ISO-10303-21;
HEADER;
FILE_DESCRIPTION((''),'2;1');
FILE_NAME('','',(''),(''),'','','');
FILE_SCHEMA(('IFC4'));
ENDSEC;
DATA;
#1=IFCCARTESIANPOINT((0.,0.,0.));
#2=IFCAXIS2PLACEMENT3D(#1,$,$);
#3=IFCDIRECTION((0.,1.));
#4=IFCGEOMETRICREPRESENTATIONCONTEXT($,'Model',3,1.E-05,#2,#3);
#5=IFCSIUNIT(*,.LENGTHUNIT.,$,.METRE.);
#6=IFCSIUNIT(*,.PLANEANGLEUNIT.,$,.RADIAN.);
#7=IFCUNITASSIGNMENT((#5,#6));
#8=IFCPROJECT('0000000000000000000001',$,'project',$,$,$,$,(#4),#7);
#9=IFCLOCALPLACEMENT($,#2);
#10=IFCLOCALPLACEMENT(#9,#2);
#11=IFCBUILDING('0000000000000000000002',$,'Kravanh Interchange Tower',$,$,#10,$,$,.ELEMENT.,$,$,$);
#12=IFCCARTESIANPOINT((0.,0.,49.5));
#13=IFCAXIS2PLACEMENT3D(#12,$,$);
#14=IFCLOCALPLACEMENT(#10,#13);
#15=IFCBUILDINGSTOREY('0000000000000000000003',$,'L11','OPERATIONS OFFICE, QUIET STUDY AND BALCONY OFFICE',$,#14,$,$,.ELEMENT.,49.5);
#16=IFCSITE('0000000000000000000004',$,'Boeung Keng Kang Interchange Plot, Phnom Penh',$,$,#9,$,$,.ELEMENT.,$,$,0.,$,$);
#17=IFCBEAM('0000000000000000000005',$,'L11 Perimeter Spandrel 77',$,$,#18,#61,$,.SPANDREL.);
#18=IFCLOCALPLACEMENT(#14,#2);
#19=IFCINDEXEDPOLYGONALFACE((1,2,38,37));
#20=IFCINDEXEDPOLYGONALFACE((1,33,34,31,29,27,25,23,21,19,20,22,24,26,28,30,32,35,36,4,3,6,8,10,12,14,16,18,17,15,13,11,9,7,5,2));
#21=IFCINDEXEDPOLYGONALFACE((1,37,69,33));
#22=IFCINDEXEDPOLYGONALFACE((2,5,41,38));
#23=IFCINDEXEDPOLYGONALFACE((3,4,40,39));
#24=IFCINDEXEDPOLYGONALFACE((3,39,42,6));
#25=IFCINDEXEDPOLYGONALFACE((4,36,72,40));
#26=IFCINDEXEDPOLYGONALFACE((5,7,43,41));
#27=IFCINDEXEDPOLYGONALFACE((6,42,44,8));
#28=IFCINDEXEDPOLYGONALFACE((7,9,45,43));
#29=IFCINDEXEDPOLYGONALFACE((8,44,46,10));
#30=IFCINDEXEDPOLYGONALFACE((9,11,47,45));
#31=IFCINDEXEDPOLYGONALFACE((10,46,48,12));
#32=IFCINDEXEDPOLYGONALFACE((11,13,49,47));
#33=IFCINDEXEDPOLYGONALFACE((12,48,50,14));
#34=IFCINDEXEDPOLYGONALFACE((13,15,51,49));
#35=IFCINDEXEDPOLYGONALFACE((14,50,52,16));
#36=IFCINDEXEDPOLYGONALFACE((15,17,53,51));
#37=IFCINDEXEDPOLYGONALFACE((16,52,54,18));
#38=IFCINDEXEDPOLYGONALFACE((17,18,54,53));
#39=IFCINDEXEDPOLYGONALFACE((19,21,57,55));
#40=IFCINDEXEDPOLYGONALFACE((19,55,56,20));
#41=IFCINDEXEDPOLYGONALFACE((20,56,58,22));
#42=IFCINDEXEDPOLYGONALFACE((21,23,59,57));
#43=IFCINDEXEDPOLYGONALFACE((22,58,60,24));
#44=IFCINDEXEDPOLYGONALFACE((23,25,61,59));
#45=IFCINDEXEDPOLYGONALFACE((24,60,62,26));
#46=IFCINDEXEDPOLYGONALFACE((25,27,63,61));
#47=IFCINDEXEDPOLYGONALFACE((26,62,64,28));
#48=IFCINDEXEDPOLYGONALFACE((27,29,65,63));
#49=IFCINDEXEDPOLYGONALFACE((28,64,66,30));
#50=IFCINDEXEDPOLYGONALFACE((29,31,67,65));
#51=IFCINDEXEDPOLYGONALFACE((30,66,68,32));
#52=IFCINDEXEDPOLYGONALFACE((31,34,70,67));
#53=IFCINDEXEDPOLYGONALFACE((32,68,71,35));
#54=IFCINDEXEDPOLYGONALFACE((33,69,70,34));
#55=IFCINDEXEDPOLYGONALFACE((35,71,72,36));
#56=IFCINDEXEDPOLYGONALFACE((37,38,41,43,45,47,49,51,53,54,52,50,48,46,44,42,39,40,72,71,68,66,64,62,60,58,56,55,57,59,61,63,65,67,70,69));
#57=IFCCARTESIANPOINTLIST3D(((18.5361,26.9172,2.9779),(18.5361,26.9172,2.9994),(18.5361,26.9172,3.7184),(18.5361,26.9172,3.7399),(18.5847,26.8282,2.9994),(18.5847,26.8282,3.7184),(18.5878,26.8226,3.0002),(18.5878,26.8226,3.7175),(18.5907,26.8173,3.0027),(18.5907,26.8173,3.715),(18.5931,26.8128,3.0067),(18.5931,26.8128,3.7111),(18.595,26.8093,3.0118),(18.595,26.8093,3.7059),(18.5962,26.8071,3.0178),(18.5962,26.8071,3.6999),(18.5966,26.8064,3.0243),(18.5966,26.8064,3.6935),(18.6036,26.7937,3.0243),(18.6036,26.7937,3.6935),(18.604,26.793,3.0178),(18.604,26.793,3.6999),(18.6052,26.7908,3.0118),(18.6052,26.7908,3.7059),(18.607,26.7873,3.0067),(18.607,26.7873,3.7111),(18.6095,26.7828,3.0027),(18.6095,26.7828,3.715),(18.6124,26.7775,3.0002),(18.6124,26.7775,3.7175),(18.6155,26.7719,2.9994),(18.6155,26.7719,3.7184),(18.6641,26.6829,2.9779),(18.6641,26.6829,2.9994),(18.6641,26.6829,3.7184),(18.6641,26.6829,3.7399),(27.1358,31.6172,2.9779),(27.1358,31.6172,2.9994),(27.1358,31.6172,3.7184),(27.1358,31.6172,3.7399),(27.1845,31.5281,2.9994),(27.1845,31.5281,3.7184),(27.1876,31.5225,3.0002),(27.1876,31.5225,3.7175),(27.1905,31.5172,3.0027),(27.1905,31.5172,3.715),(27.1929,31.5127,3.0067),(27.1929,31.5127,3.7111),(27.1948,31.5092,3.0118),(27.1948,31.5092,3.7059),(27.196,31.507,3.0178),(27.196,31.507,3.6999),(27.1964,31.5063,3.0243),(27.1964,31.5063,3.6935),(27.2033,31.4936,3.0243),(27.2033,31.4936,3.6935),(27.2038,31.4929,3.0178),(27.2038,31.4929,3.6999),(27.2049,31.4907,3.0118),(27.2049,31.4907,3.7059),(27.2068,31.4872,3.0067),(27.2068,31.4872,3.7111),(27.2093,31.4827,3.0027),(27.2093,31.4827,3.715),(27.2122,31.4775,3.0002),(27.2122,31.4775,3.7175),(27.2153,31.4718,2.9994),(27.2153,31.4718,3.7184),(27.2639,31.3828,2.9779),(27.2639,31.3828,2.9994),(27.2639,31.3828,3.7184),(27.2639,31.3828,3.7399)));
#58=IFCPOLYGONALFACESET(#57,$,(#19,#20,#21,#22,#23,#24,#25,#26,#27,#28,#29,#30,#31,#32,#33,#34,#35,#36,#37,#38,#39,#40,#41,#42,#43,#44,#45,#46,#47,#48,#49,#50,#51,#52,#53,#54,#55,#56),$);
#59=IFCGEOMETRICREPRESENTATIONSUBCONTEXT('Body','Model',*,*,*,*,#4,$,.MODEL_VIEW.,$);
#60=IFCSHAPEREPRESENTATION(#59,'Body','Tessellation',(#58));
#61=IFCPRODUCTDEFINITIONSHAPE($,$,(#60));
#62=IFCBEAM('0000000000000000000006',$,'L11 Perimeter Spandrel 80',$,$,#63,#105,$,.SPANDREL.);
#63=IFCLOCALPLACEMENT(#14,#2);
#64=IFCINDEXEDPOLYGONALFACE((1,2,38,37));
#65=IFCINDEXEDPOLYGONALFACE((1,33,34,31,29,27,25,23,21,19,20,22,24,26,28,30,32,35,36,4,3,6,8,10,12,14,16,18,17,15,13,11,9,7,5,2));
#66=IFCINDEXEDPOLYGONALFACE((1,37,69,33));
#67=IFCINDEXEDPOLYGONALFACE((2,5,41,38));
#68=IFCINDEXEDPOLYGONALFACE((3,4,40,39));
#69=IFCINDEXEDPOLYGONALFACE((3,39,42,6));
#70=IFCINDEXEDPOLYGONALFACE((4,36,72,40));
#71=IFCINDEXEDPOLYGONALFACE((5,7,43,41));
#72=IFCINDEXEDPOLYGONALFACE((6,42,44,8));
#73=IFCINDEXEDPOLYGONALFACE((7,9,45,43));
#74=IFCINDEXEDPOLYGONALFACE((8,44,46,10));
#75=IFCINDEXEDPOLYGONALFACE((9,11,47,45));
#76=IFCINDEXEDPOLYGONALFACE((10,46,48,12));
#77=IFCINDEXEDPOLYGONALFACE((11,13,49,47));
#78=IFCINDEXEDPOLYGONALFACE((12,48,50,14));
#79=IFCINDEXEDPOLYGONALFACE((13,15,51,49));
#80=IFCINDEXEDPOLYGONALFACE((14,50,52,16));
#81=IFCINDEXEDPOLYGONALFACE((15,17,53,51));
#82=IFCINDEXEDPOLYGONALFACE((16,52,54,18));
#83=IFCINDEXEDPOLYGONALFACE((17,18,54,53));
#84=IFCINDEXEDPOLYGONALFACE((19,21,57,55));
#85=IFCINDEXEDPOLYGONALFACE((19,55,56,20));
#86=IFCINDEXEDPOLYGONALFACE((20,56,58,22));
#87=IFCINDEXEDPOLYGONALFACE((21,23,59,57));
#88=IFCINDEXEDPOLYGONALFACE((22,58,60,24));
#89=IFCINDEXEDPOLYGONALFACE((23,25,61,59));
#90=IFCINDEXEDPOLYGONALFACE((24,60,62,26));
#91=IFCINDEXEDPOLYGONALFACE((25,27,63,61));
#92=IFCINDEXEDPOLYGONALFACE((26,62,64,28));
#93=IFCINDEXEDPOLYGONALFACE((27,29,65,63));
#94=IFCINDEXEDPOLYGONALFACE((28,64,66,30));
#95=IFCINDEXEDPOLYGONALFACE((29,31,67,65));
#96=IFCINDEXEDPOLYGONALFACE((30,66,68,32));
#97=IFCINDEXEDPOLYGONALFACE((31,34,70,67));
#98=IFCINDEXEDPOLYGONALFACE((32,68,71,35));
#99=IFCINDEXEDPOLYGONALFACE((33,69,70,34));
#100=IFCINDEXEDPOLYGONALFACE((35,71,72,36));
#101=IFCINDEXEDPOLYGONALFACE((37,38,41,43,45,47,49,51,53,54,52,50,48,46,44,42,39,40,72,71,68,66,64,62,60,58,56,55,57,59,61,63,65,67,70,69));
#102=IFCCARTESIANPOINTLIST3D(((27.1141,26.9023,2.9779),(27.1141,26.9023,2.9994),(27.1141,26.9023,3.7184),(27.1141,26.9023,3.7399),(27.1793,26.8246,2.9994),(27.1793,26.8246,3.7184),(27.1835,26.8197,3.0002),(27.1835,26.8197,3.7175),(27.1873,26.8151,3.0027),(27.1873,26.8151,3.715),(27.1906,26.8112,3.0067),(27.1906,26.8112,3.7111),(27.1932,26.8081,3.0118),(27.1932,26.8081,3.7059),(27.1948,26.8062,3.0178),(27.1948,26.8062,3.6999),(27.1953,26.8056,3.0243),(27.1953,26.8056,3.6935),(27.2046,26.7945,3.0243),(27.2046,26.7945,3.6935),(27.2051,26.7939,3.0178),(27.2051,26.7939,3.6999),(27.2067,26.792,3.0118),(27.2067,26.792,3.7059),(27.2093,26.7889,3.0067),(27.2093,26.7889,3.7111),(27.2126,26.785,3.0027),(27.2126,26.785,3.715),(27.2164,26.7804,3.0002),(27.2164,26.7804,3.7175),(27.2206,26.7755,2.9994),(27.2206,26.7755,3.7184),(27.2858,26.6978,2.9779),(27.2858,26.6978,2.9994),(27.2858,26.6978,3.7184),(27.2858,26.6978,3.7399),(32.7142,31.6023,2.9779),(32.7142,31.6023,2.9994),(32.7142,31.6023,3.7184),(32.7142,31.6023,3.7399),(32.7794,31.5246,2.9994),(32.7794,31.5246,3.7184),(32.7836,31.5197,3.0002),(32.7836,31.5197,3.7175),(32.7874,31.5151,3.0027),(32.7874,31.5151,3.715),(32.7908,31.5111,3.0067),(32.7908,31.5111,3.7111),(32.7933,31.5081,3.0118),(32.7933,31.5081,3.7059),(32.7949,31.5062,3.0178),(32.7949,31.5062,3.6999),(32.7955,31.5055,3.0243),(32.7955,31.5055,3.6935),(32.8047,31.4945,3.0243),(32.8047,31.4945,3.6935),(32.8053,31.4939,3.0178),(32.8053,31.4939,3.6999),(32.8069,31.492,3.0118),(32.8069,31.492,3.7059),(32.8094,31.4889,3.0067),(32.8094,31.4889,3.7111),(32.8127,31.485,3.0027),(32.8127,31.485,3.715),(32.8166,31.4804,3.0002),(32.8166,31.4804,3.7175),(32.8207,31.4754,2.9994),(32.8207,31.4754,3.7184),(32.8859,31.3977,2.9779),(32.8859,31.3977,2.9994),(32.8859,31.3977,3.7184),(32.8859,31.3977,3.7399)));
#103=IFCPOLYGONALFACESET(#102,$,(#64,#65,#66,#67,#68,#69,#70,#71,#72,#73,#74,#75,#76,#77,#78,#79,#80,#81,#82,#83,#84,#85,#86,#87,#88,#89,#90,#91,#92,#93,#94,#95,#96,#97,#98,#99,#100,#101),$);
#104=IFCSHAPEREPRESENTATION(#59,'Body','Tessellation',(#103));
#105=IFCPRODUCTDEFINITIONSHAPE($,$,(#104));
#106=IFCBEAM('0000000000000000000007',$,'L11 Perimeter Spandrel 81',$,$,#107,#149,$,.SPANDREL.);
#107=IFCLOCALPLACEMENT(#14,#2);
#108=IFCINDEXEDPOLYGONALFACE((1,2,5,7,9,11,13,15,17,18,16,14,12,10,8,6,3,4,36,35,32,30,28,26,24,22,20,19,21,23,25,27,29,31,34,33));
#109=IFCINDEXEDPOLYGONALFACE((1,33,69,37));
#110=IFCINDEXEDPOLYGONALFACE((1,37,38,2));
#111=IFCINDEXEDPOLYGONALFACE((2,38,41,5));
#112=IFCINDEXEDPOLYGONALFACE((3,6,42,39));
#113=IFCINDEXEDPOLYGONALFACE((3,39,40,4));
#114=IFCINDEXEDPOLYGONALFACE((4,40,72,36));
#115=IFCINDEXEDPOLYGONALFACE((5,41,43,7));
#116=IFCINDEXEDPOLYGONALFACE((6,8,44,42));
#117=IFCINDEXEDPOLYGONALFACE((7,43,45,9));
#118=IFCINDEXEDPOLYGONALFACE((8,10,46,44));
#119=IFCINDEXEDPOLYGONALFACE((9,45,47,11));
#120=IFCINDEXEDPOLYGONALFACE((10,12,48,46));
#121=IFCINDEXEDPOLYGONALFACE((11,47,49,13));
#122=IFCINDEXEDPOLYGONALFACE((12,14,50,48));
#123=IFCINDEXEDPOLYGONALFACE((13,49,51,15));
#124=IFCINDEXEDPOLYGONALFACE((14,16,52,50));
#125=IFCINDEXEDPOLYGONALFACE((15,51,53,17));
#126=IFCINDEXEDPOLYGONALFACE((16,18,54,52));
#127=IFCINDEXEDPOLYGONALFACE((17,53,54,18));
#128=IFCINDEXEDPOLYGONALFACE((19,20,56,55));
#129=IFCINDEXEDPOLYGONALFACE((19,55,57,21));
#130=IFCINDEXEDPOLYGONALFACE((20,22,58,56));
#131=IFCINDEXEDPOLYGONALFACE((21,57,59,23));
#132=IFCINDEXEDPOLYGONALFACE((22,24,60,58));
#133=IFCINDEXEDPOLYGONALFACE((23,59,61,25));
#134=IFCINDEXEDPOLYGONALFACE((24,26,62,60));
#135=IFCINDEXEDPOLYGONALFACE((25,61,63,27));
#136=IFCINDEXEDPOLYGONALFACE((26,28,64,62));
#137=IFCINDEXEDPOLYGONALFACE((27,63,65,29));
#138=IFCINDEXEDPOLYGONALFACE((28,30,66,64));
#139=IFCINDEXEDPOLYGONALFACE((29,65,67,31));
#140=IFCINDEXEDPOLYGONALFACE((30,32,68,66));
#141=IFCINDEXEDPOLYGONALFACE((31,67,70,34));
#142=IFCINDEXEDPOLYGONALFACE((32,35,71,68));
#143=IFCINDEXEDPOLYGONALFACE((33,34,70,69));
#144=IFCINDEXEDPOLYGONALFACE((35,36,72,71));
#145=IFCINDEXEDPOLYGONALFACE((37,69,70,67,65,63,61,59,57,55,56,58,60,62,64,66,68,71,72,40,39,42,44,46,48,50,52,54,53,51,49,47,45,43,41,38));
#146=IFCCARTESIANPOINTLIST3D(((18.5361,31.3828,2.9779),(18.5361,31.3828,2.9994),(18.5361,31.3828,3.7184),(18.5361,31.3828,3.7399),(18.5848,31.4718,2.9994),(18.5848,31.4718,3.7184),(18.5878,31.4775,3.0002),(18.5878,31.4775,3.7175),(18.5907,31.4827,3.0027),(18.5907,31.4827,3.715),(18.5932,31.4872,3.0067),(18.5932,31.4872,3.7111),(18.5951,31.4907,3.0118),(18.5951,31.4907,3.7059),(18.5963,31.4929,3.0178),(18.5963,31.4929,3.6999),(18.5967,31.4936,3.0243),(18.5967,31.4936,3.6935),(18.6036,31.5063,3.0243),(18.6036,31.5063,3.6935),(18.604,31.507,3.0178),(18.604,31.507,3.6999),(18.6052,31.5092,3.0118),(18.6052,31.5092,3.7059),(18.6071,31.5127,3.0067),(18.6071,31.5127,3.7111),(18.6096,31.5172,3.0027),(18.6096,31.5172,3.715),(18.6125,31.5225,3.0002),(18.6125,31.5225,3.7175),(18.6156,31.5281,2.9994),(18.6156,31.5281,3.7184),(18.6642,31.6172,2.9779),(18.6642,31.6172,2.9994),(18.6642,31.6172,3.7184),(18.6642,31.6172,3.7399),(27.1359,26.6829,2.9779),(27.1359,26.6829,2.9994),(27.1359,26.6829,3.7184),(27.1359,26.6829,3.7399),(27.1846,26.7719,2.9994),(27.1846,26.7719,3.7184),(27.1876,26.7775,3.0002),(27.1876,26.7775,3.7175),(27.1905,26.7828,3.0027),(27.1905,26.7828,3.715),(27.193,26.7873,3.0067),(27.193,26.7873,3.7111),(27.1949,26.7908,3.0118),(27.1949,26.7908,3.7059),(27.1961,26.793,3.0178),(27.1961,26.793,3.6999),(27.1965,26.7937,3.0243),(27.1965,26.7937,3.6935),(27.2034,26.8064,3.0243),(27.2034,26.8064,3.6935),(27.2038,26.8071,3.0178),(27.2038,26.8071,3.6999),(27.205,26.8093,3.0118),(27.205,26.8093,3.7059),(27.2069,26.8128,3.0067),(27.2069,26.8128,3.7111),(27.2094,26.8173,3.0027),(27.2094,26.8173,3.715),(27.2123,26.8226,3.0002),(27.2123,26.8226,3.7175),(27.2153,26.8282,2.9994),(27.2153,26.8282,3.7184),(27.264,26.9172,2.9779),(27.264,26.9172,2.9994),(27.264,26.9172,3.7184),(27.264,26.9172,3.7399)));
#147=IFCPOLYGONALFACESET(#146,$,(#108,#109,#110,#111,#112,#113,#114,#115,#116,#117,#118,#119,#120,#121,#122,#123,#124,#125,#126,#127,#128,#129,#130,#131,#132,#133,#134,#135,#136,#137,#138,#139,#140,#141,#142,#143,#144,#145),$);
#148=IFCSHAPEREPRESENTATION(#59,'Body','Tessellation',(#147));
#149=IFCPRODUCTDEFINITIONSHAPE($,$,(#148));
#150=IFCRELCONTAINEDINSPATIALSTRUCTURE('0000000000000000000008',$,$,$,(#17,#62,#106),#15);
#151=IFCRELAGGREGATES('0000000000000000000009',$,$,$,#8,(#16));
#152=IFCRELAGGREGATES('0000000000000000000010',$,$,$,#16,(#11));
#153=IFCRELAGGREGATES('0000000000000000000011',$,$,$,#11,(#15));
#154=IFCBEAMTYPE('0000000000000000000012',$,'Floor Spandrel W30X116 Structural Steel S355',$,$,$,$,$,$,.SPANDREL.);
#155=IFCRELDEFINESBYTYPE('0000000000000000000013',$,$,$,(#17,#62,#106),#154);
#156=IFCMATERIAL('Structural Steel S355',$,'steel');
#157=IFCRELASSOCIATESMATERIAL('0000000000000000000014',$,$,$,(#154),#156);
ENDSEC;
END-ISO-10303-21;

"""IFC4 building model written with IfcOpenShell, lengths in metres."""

from ifc_helpers import new_model, si_unit, direction, frame, origin, origin_2d, place, context, subcontext, project, spatial, i_section, extrude, material, material_profile, profile_set, type_object, element, save


model = new_model("IFC4")

# Units and contexts
model_context = context("Model", 3, precision=1e-05, world=origin(), true_north=direction((0.0, 1.0)))
body_context = subcontext(model_context, "Body", "Model", "MODEL_VIEW")
ifc_project = project(units=[si_unit("LENGTHUNIT", "METRE"), si_unit("PLANEANGLEUNIT", "RADIAN")], contexts=[model_context])

# Site, building, storey
site_placement = place(None, origin())
site = spatial("IfcSite", under=ifc_project, at=site_placement, Name="Boeung Keng Kang Interchange Plot, Phnom Penh", CompositionType="ELEMENT", RefElevation=0.0)
building_placement = place(site_placement, origin())
building = spatial("IfcBuilding", under=site, at=building_placement, Name="Kravanh Interchange Tower", CompositionType="ELEMENT")
storey_placement = place(building_placement, frame((0.0, 0.0, 49.5)))
storey = spatial("IfcBuildingStorey", under=building, at=storey_placement, Name="L11", Description="OPERATIONS OFFICE, QUIET STUDY AND BALCONY OFFICE", CompositionType="ELEMENT", Elevation=49.5)

# Beams
ifc_material_1 = material(Name="Structural Steel S355", Category="steel")
ifc_material_profile_1 = material_profile(ifc_material_1, i_section(OverallWidth=0.2671, OverallDepth=0.762, WebThickness=0.0144, FlangeThickness=0.0215, FilletRadius=0.0249, at=origin_2d()), Name="W30X116")
ifc_profile_set_1 = profile_set([ifc_material_profile_1], Name="Structural Steel S355")
beam_type_1 = type_object("IfcBeamType", Name="Floor Spandrel W30X116 Structural Steel S355", PredefinedType="SPANDREL", material=ifc_profile_set_1)
beam_1_placement = place(storey_placement, frame((18.6001, 26.8, 3.3589), z_axis=(0.877504, 0.479569, 0.0), x_axis=(-0.479569, 0.877504, 0.0)))
element("IfcBeam", 1, at=beam_1_placement, inside=storey, type_object=beam_type_1, Name="L11 Perimeter Spandrel 77", PredefinedType="SPANDREL", context=body_context, shape_type="SweptSolid", body=[
    extrude(i_section(OverallWidth=0.2671, OverallDepth=0.762, WebThickness=0.0144, FlangeThickness=0.0215, FilletRadius=0.0249, at=origin_2d()), origin(), (0.0, 0.0, 1.0), 9.8003),
])
beam_2_placement = place(storey_placement, frame((27.2, 26.8, 3.3589), z_axis=(0.765983, 0.642861, 0.0), x_axis=(-0.642861, 0.765983, 0.0)))
element("IfcBeam", 2, at=beam_2_placement, inside=storey, type_object=beam_type_1, Name="L11 Perimeter Spandrel 80", PredefinedType="SPANDREL", context=body_context, shape_type="SweptSolid", body=[
    extrude(i_section(OverallWidth=0.2671, OverallDepth=0.762, WebThickness=0.0144, FlangeThickness=0.0215, FilletRadius=0.0249, at=origin_2d()), origin(), (0.0, 0.0, 1.0), 7.311),
])
beam_3_placement = place(storey_placement, frame((27.2, 26.8, 3.3589), z_axis=(-0.877504, 0.479569, 0.0), x_axis=(-0.479569, -0.877504, 0.0)))
element("IfcBeam", 3, at=beam_3_placement, inside=storey, type_object=beam_type_1, Name="L11 Perimeter Spandrel 81", PredefinedType="SPANDREL", context=body_context, shape_type="SweptSolid", body=[
    extrude(i_section(OverallWidth=0.2671, OverallDepth=0.762, WebThickness=0.0144, FlangeThickness=0.0215, FilletRadius=0.0249, at=origin_2d()), origin(), (0.0, 0.0, 1.0), 9.8003),
])

save(model, "model.ifc")
